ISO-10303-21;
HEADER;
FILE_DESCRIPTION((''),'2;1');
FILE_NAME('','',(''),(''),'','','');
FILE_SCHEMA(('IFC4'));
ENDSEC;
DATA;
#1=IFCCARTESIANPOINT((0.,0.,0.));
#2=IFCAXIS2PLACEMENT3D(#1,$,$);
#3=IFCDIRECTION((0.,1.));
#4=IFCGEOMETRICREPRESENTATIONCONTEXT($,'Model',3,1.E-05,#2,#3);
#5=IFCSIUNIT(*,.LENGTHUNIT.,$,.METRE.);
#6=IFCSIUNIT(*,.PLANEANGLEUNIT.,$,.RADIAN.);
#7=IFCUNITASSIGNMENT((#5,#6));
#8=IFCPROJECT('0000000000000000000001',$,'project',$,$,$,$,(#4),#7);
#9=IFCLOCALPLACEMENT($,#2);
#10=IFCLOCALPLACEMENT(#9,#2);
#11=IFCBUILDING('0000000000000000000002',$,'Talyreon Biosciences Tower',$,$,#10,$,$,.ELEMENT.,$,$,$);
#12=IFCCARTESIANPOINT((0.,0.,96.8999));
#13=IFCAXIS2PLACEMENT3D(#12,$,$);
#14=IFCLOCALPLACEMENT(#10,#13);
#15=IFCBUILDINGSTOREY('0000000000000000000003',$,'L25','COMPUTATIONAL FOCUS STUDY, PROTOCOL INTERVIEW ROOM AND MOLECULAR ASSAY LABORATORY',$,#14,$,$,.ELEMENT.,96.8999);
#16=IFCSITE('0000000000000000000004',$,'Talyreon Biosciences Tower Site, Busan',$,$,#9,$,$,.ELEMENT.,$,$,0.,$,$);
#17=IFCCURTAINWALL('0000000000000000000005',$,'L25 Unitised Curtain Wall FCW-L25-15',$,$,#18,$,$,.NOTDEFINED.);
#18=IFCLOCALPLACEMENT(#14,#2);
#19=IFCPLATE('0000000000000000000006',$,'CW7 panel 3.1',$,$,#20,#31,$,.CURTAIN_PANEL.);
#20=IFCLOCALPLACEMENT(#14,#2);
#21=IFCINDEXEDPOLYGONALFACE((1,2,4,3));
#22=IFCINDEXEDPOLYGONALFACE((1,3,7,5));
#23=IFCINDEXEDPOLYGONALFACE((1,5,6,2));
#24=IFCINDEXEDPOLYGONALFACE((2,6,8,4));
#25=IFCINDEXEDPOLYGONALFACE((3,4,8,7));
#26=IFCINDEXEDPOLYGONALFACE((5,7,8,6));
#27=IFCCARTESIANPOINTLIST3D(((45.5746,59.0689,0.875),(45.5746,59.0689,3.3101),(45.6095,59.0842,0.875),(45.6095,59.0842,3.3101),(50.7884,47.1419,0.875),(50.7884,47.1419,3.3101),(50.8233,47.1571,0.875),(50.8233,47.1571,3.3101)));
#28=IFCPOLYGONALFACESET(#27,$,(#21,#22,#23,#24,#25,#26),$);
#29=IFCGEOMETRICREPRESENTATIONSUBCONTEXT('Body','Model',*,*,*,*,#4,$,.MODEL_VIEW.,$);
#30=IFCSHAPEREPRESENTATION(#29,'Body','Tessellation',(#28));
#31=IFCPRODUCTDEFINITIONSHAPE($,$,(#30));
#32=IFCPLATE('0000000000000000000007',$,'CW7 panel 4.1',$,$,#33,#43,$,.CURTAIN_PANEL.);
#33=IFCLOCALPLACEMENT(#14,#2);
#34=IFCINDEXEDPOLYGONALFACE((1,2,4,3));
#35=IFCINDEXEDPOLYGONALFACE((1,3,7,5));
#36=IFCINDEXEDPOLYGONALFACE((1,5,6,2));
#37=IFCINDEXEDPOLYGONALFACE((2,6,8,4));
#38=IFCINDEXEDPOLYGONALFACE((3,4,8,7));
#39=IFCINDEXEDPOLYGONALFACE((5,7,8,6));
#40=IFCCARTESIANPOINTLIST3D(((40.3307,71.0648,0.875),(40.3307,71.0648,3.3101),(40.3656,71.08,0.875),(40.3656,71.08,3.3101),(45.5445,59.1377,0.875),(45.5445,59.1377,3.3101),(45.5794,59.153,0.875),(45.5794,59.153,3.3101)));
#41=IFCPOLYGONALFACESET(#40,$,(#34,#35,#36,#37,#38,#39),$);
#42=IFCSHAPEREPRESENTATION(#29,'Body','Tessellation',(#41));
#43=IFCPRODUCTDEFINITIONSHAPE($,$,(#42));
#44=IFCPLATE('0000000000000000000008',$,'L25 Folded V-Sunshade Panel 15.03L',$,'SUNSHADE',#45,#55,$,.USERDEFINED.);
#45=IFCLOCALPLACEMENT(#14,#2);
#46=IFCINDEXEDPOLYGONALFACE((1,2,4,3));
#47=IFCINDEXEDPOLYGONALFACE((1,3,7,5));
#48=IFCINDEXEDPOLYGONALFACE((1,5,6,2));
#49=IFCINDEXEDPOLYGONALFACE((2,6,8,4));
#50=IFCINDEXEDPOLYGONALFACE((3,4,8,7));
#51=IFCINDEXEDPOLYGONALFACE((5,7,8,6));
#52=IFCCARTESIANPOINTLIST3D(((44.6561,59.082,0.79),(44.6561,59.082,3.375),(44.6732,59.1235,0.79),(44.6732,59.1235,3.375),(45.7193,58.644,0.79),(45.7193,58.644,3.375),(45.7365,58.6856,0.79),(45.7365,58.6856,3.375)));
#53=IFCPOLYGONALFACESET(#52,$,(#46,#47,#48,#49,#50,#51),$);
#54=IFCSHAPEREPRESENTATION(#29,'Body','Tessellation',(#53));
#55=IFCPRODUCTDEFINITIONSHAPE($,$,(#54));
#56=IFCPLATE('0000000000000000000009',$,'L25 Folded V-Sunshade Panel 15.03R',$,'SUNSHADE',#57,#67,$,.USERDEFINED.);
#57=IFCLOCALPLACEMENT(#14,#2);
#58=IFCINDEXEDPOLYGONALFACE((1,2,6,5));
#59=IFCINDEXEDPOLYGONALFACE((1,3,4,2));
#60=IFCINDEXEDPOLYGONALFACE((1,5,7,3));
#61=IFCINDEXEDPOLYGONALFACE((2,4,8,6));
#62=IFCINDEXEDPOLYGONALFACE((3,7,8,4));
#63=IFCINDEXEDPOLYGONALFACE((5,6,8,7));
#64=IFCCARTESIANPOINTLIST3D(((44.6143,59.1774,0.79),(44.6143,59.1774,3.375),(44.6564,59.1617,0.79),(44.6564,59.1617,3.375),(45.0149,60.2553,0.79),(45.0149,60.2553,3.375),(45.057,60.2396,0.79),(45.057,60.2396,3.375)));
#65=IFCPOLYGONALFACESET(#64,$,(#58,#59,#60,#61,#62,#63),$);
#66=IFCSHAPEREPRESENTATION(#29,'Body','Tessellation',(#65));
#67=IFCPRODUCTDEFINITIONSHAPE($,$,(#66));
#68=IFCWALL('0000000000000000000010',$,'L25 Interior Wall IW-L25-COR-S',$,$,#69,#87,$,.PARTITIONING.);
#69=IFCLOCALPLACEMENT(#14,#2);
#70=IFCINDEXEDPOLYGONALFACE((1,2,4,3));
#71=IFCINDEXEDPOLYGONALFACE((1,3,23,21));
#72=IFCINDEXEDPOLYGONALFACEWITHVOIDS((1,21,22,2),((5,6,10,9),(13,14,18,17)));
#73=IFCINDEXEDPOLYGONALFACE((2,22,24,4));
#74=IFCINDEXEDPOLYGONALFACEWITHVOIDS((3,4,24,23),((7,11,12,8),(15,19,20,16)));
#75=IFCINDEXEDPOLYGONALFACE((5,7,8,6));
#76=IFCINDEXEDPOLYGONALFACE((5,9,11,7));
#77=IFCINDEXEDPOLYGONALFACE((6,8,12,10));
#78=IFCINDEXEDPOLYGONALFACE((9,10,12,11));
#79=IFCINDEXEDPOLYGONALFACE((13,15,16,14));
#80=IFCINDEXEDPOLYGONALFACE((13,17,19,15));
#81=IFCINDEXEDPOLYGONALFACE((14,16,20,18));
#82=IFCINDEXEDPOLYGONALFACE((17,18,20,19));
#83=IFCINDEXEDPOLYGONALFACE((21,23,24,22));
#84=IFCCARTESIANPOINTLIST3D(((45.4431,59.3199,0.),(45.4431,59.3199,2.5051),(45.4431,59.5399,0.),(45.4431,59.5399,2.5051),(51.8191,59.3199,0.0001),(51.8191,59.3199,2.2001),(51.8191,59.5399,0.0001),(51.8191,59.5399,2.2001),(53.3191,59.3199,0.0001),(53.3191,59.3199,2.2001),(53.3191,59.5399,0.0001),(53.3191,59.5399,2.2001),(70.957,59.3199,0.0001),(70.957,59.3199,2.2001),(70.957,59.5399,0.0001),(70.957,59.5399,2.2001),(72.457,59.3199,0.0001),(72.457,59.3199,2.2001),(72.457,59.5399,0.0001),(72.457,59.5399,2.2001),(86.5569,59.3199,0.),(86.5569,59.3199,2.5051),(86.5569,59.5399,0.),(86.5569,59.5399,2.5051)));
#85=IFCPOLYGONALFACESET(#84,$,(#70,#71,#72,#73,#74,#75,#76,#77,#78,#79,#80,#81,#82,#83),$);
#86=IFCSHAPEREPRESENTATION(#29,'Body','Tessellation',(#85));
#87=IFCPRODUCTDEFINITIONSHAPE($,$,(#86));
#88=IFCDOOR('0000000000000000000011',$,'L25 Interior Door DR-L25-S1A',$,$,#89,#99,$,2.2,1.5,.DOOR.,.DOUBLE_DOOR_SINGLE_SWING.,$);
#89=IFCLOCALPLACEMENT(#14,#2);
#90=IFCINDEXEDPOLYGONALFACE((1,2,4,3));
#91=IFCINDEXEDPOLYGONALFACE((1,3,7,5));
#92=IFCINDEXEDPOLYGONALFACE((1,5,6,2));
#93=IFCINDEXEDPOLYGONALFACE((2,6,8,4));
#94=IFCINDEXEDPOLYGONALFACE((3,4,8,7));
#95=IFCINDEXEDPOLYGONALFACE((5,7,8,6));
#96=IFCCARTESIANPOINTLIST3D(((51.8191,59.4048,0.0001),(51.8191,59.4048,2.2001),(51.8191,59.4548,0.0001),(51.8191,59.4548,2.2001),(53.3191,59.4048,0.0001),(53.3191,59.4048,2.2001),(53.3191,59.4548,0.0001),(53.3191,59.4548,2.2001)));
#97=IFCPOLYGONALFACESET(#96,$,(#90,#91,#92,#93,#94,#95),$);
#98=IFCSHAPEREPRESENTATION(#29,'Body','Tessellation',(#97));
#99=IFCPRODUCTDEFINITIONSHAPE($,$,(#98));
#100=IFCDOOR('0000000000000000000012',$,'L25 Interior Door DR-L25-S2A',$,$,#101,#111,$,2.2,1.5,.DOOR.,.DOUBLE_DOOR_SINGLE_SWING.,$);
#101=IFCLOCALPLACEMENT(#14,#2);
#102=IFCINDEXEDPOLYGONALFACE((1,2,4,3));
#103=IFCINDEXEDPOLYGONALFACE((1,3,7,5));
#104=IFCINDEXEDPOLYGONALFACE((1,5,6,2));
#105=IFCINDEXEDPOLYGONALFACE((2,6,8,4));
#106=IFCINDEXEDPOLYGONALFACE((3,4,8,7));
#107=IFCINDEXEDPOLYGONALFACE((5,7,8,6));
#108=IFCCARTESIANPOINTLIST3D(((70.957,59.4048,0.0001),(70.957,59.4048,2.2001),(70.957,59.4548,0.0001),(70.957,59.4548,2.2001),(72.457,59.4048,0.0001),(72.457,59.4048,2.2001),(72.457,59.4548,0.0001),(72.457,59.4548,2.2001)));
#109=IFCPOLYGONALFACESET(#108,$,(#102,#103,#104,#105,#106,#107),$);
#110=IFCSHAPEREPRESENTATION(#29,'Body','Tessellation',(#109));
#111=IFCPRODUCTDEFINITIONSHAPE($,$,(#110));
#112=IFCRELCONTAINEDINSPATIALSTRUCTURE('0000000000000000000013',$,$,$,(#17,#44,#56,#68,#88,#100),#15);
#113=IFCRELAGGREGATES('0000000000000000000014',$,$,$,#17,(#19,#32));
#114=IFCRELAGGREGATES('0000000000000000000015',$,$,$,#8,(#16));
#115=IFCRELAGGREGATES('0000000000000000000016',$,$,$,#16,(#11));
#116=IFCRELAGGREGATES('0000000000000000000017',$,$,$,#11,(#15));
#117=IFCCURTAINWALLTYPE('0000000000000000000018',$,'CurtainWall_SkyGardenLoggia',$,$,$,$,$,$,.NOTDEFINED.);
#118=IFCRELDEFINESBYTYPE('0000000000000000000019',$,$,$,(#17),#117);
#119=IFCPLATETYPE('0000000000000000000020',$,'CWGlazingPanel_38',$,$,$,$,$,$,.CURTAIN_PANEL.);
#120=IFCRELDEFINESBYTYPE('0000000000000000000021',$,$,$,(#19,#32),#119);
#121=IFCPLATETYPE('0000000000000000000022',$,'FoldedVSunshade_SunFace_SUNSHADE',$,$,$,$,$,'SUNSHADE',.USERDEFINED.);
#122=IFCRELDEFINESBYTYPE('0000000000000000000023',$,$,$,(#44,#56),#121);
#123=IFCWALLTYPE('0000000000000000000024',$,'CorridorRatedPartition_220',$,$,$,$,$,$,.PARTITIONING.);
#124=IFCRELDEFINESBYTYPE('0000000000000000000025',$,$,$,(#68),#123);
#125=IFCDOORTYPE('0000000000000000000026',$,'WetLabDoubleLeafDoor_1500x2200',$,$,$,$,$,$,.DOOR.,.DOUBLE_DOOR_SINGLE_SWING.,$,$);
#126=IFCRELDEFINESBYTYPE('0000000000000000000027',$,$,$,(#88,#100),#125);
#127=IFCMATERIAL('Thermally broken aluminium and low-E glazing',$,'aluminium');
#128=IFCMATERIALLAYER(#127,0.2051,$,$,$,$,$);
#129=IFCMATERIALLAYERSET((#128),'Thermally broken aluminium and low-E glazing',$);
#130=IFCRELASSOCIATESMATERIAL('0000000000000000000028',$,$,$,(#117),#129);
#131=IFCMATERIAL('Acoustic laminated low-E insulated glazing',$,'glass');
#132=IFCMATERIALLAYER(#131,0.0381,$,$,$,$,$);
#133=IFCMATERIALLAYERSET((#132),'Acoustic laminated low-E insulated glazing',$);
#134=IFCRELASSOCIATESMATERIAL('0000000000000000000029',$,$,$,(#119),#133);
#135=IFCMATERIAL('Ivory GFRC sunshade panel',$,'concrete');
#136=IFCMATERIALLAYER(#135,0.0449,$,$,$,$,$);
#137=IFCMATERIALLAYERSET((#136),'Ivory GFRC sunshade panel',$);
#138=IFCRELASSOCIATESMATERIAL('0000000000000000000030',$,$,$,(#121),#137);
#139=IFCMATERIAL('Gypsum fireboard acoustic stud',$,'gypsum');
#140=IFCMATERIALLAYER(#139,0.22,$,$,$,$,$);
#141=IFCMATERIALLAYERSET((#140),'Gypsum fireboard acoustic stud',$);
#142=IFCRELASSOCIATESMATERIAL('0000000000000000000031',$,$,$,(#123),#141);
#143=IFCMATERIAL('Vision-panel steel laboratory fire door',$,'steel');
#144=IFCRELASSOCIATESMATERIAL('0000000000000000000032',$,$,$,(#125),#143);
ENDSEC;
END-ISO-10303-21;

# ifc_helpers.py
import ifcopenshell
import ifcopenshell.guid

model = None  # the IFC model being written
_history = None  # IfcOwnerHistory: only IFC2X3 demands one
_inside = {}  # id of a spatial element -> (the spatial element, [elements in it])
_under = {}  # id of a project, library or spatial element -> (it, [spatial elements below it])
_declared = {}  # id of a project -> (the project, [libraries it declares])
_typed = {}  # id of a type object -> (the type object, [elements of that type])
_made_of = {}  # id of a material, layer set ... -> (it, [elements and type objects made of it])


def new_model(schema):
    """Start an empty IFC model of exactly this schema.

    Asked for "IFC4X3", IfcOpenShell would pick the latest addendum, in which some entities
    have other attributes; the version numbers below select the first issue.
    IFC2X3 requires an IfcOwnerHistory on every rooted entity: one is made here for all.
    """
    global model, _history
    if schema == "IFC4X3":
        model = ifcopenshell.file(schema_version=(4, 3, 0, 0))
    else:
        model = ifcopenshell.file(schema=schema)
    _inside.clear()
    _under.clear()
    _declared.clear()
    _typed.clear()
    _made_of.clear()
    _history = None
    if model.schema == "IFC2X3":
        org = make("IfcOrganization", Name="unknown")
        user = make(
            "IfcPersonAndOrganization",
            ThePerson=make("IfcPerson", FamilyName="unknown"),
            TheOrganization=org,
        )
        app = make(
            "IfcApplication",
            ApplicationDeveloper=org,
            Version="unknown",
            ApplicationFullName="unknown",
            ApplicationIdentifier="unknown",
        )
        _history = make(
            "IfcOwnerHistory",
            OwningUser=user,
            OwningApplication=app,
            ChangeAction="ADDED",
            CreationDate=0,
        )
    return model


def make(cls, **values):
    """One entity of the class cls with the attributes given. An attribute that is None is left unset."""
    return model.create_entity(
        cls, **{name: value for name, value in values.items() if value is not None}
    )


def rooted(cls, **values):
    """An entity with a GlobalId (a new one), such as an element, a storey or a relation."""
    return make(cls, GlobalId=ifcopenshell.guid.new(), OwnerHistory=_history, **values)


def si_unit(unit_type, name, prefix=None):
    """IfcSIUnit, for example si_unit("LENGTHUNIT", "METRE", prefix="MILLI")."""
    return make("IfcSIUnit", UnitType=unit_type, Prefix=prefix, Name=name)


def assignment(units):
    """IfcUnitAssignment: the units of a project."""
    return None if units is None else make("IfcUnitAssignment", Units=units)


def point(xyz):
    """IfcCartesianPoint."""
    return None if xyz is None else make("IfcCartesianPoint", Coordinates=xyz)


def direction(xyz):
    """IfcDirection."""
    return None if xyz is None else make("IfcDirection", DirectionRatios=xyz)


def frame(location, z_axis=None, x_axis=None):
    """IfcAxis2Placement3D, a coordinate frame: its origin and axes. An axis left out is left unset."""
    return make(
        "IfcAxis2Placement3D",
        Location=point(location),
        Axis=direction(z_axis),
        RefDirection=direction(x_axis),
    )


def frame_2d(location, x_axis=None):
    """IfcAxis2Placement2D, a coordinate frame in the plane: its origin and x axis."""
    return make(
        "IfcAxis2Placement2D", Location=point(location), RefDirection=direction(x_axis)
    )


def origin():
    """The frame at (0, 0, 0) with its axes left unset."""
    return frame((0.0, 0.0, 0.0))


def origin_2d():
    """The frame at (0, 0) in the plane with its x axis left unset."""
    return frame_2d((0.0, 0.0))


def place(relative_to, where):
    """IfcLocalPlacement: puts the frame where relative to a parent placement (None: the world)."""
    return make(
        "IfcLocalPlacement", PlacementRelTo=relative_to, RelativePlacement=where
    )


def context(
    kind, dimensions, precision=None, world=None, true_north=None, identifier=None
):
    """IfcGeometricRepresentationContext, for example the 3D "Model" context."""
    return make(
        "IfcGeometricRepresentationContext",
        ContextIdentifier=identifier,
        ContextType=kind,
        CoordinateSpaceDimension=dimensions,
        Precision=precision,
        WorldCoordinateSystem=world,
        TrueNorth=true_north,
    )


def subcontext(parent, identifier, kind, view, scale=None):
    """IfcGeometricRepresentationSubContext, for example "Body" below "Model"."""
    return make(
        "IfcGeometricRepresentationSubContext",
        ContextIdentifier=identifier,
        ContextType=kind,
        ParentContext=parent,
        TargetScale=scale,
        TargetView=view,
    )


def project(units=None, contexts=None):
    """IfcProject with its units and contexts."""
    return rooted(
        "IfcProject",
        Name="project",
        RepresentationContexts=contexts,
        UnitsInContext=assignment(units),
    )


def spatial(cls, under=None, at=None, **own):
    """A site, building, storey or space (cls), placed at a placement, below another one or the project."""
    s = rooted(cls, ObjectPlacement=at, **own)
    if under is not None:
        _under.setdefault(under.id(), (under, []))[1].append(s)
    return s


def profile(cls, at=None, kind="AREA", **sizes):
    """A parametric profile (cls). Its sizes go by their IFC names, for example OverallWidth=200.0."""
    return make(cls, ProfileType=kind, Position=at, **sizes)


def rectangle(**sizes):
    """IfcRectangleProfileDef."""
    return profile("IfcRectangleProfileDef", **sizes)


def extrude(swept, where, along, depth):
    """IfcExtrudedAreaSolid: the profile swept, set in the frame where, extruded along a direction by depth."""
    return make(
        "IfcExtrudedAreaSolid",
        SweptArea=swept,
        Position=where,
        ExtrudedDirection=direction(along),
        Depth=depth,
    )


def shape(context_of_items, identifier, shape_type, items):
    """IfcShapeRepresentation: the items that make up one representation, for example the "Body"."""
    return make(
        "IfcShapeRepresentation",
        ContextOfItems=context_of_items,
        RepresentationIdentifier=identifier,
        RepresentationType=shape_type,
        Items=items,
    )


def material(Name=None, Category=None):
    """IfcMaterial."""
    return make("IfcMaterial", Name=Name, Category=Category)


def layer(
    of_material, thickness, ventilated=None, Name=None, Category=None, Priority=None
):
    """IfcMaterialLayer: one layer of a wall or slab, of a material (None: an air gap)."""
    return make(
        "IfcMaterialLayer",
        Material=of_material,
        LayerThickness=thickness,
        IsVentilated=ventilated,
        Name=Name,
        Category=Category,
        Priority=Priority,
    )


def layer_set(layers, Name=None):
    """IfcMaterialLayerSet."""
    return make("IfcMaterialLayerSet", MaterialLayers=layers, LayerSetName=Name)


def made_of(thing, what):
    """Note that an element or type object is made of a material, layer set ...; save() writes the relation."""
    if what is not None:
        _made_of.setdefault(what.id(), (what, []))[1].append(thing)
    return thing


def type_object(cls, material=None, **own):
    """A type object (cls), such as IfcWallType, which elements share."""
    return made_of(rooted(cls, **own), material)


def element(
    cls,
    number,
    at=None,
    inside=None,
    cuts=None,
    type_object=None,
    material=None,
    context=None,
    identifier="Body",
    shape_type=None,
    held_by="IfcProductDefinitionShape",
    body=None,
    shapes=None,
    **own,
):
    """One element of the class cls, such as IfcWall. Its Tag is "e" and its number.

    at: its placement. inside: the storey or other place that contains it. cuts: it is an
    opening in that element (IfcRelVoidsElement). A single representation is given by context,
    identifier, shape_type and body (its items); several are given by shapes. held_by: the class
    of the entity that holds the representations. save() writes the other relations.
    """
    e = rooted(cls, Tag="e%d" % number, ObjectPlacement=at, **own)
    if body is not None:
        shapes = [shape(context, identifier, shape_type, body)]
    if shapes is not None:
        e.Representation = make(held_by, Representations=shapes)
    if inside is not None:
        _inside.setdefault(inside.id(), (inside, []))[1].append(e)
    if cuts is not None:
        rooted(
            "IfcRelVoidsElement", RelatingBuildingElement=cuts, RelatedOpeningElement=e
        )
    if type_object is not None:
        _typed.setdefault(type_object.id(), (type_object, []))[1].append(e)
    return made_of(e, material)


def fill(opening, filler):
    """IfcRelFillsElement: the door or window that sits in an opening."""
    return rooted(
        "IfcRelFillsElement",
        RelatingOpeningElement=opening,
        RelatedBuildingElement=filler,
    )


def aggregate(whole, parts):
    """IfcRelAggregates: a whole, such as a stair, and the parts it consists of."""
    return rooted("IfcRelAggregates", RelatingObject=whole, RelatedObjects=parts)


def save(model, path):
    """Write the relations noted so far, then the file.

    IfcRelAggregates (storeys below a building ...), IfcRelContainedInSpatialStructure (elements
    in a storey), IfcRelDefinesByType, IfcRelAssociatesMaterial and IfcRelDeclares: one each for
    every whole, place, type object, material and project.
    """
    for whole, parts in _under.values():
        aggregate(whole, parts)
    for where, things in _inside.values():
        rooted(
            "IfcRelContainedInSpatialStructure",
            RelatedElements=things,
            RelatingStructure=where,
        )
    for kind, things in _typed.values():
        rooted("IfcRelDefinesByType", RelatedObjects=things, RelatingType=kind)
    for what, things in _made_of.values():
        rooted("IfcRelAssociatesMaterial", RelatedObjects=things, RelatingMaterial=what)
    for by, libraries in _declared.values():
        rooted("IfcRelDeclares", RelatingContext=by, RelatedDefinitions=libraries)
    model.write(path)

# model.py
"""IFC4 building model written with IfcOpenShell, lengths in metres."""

from ifc_helpers import new_model, si_unit, direction, frame, frame_2d, origin, origin_2d, place, context, subcontext, project, spatial, rectangle, extrude, material, layer, layer_set, type_object, element, fill, aggregate, save


model = new_model("IFC4")

# Units and contexts
model_context = context("Model", 3, precision=1e-05, world=origin(), true_north=direction((0.0, 1.0)))
body_context = subcontext(model_context, "Body", "Model", "MODEL_VIEW")
ifc_project = project(units=[si_unit("LENGTHUNIT", "METRE"), si_unit("PLANEANGLEUNIT", "RADIAN")], contexts=[model_context])

# Site, building, storey
site_placement = place(None, origin())
site = spatial("IfcSite", under=ifc_project, at=site_placement, Name="Talyreon Biosciences Tower Site, Busan", CompositionType="ELEMENT", RefElevation=0.0)
building_placement = place(site_placement, origin())
building = spatial("IfcBuilding", under=site, at=building_placement, Name="Talyreon Biosciences Tower", CompositionType="ELEMENT")
storey_placement = place(building_placement, frame((0.0, 0.0, 96.8999)))
storey = spatial("IfcBuildingStorey", under=building, at=storey_placement, Name="L25", Description="COMPUTATIONAL FOCUS STUDY, PROTOCOL INTERVIEW ROOM AND MOLECULAR ASSAY LABORATORY", CompositionType="ELEMENT", Elevation=96.8999)

# Curtain wall
ifc_material_1 = material(Name="Thermally broken aluminium and low-E glazing", Category="aluminium")
ifc_layer_1 = layer(ifc_material_1, 0.2051)
ifc_layer_set_1 = layer_set([ifc_layer_1], Name="Thermally broken aluminium and low-E glazing")
curtain_wall_type = type_object("IfcCurtainWallType", Name="CurtainWall_SkyGardenLoggia", PredefinedType="NOTDEFINED", material=ifc_layer_set_1)
curtain_wall_placement = place(storey_placement, origin())
curtain_wall = element("IfcCurtainWall", 1, at=curtain_wall_placement, inside=storey, type_object=curtain_wall_type, Name="L25 Unitised Curtain Wall FCW-L25-15", PredefinedType="NOTDEFINED")

# Plates
ifc_material_2 = material(Name="Acoustic laminated low-E insulated glazing", Category="glass")
ifc_layer_2 = layer(ifc_material_2, 0.0381)
ifc_layer_set_2 = layer_set([ifc_layer_2], Name="Acoustic laminated low-E insulated glazing")
plate_type_1 = type_object("IfcPlateType", Name="CWGlazingPanel_38", PredefinedType="CURTAIN_PANEL", material=ifc_layer_set_2)
plate_1_placement = place(storey_placement, frame((48.199, 53.113, 0.875), z_axis=(0.0, 0.0, 1.0), x_axis=(-0.400542, 0.916278, 0.0)))
plate_1 = element("IfcPlate", 2, at=plate_1_placement, type_object=plate_type_1, Name="CW7 panel 3.1", PredefinedType="CURTAIN_PANEL", context=body_context, shape_type="SweptSolid", body=[
    extrude(rectangle(XDim=13.0168, YDim=0.0381, at=origin_2d()), origin(), (0.0, 0.0, 1.0), 2.4351),
])
plate_2_placement = place(storey_placement, frame((42.9551, 65.1089, 0.875), z_axis=(0.0, 0.0, 1.0), x_axis=(-0.400542, 0.916278, 0.0)))
plate_2 = element("IfcPlate", 3, at=plate_2_placement, type_object=plate_type_1, Name="CW7 panel 4.1", PredefinedType="CURTAIN_PANEL", context=body_context, shape_type="SweptSolid", body=[
    extrude(rectangle(XDim=13.0168, YDim=0.0381, at=origin_2d()), origin(), (0.0, 0.0, 1.0), 2.4351),
])
aggregate(curtain_wall, [plate_1, plate_2])

# Plates
ifc_material_3 = material(Name="Ivory GFRC sunshade panel", Category="concrete")
ifc_layer_3 = layer(ifc_material_3, 0.0449)
ifc_layer_set_3 = layer_set([ifc_layer_3], Name="Ivory GFRC sunshade panel")
plate_type_2 = type_object("IfcPlateType", Name="FoldedVSunshade_SunFace_SUNSHADE", ElementType="SUNSHADE", PredefinedType="USERDEFINED", material=ifc_layer_set_3)
for number, where, z_axis, x_axis, name in (
    (4, (45.1963, 58.8838, 0.79), (0.0, 0.0, 1.0), (-0.924626, 0.380877, 0.0), "L25 Folded V-Sunshade Panel 15.03L"),
    (5, (44.8357, 59.7085, 0.79), (0.0, 0.0, 1.0), (0.348376, 0.937355, 0.0), "L25 Folded V-Sunshade Panel 15.03R"),
):
    element("IfcPlate", number, at=place(storey_placement, frame(where, z_axis=z_axis, x_axis=x_axis)), inside=storey, type_object=plate_type_2, Name=name, ObjectType="SUNSHADE", PredefinedType="USERDEFINED", context=body_context, shape_type="SweptSolid", body=[
        extrude(rectangle(XDim=1.1499, YDim=0.0449, at=origin_2d()), origin(), (0.0, 0.0, 1.0), 2.585),
    ])

# Wall, openings, doors
ifc_material_4 = material(Name="Gypsum fireboard acoustic stud", Category="gypsum")
ifc_layer_4 = layer(ifc_material_4, 0.22)
ifc_layer_set_4 = layer_set([ifc_layer_4], Name="Gypsum fireboard acoustic stud")
wall_type = type_object("IfcWallType", Name="CorridorRatedPartition_220", PredefinedType="PARTITIONING", material=ifc_layer_set_4)
wall_placement = place(storey_placement, frame((45.4431, 59.4299, 0.0), z_axis=(0.0, 0.0, 1.0), x_axis=(1.0, 0.0, 0.0)))
wall = element("IfcWall", 6, at=wall_placement, inside=storey, type_object=wall_type, Name="L25 Interior Wall IW-L25-COR-S", PredefinedType="PARTITIONING", context=body_context, shape_type="SweptSolid", body=[
    extrude(rectangle(XDim=41.1138, YDim=0.22, at=frame_2d((20.5569, 0.0))), origin(), (0.0, 0.0, 1.0), 2.5051),
])
opening_1_placement = place(wall_placement, frame((6.376, 0.0, 0.0)))
opening_1 = element("IfcOpeningElement", 7, at=opening_1_placement, cuts=wall, PredefinedType="OPENING", context=body_context, shape_type="SweptSolid", body=[
    extrude(rectangle(XDim=1.5, YDim=2.2, at=frame_2d((0.75, 1.1001))), frame((0.0, 0.1199, 0.0), z_axis=(0.0, -1.0, 0.0), x_axis=(1.0, 0.0, 0.0)), (0.0, 0.0, 1.0), 0.24),
])
opening_2_placement = place(wall_placement, frame((25.5139, 0.0, 0.0)))
opening_2 = element("IfcOpeningElement", 8, at=opening_2_placement, cuts=wall, PredefinedType="OPENING", context=body_context, shape_type="SweptSolid", body=[
    extrude(rectangle(XDim=1.5, YDim=2.2, at=frame_2d((0.75, 1.1001))), frame((0.0, 0.1199, 0.0), z_axis=(0.0, -1.0, 0.0), x_axis=(1.0, 0.0, 0.0)), (0.0, 0.0, 1.0), 0.24),
])
ifc_material_5 = material(Name="Vision-panel steel laboratory fire door", Category="steel")
door_type = type_object("IfcDoorType", Name="WetLabDoubleLeafDoor_1500x2200", OperationType="DOUBLE_DOOR_SINGLE_SWING", PredefinedType="DOOR", material=ifc_material_5)
door_1_placement = place(opening_1_placement, origin())
door_1 = element("IfcDoor", 9, at=door_1_placement, inside=storey, type_object=door_type, Name="L25 Interior Door DR-L25-S1A", OperationType="DOUBLE_DOOR_SINGLE_SWING", OverallHeight=2.2, OverallWidth=1.5, PredefinedType="DOOR", context=body_context, shape_type="SweptSolid", body=[
    extrude(rectangle(XDim=1.5, YDim=2.2, at=frame_2d((0.75, 1.1001))), frame((0.0, 0.0249, 0.0), z_axis=(0.0, -1.0, 0.0), x_axis=(1.0, 0.0, 0.0)), (0.0, 0.0, 1.0), 0.05),
])
fill(opening_1, door_1)
door_2_placement = place(opening_2_placement, origin())
door_2 = element("IfcDoor", 10, at=door_2_placement, inside=storey, type_object=door_type, Name="L25 Interior Door DR-L25-S2A", OperationType="DOUBLE_DOOR_SINGLE_SWING", OverallHeight=2.2, OverallWidth=1.5, PredefinedType="DOOR", context=body_context, shape_type="SweptSolid", body=[
    extrude(rectangle(XDim=1.5, YDim=2.2, at=frame_2d((0.75, 1.1001))), frame((0.0, 0.0249, 0.0), z_axis=(0.0, -1.0, 0.0), x_axis=(1.0, 0.0, 0.0)), (0.0, 0.0, 1.0), 0.05),
])
fill(opening_2, door_2)

save(model, "model.ifc")
